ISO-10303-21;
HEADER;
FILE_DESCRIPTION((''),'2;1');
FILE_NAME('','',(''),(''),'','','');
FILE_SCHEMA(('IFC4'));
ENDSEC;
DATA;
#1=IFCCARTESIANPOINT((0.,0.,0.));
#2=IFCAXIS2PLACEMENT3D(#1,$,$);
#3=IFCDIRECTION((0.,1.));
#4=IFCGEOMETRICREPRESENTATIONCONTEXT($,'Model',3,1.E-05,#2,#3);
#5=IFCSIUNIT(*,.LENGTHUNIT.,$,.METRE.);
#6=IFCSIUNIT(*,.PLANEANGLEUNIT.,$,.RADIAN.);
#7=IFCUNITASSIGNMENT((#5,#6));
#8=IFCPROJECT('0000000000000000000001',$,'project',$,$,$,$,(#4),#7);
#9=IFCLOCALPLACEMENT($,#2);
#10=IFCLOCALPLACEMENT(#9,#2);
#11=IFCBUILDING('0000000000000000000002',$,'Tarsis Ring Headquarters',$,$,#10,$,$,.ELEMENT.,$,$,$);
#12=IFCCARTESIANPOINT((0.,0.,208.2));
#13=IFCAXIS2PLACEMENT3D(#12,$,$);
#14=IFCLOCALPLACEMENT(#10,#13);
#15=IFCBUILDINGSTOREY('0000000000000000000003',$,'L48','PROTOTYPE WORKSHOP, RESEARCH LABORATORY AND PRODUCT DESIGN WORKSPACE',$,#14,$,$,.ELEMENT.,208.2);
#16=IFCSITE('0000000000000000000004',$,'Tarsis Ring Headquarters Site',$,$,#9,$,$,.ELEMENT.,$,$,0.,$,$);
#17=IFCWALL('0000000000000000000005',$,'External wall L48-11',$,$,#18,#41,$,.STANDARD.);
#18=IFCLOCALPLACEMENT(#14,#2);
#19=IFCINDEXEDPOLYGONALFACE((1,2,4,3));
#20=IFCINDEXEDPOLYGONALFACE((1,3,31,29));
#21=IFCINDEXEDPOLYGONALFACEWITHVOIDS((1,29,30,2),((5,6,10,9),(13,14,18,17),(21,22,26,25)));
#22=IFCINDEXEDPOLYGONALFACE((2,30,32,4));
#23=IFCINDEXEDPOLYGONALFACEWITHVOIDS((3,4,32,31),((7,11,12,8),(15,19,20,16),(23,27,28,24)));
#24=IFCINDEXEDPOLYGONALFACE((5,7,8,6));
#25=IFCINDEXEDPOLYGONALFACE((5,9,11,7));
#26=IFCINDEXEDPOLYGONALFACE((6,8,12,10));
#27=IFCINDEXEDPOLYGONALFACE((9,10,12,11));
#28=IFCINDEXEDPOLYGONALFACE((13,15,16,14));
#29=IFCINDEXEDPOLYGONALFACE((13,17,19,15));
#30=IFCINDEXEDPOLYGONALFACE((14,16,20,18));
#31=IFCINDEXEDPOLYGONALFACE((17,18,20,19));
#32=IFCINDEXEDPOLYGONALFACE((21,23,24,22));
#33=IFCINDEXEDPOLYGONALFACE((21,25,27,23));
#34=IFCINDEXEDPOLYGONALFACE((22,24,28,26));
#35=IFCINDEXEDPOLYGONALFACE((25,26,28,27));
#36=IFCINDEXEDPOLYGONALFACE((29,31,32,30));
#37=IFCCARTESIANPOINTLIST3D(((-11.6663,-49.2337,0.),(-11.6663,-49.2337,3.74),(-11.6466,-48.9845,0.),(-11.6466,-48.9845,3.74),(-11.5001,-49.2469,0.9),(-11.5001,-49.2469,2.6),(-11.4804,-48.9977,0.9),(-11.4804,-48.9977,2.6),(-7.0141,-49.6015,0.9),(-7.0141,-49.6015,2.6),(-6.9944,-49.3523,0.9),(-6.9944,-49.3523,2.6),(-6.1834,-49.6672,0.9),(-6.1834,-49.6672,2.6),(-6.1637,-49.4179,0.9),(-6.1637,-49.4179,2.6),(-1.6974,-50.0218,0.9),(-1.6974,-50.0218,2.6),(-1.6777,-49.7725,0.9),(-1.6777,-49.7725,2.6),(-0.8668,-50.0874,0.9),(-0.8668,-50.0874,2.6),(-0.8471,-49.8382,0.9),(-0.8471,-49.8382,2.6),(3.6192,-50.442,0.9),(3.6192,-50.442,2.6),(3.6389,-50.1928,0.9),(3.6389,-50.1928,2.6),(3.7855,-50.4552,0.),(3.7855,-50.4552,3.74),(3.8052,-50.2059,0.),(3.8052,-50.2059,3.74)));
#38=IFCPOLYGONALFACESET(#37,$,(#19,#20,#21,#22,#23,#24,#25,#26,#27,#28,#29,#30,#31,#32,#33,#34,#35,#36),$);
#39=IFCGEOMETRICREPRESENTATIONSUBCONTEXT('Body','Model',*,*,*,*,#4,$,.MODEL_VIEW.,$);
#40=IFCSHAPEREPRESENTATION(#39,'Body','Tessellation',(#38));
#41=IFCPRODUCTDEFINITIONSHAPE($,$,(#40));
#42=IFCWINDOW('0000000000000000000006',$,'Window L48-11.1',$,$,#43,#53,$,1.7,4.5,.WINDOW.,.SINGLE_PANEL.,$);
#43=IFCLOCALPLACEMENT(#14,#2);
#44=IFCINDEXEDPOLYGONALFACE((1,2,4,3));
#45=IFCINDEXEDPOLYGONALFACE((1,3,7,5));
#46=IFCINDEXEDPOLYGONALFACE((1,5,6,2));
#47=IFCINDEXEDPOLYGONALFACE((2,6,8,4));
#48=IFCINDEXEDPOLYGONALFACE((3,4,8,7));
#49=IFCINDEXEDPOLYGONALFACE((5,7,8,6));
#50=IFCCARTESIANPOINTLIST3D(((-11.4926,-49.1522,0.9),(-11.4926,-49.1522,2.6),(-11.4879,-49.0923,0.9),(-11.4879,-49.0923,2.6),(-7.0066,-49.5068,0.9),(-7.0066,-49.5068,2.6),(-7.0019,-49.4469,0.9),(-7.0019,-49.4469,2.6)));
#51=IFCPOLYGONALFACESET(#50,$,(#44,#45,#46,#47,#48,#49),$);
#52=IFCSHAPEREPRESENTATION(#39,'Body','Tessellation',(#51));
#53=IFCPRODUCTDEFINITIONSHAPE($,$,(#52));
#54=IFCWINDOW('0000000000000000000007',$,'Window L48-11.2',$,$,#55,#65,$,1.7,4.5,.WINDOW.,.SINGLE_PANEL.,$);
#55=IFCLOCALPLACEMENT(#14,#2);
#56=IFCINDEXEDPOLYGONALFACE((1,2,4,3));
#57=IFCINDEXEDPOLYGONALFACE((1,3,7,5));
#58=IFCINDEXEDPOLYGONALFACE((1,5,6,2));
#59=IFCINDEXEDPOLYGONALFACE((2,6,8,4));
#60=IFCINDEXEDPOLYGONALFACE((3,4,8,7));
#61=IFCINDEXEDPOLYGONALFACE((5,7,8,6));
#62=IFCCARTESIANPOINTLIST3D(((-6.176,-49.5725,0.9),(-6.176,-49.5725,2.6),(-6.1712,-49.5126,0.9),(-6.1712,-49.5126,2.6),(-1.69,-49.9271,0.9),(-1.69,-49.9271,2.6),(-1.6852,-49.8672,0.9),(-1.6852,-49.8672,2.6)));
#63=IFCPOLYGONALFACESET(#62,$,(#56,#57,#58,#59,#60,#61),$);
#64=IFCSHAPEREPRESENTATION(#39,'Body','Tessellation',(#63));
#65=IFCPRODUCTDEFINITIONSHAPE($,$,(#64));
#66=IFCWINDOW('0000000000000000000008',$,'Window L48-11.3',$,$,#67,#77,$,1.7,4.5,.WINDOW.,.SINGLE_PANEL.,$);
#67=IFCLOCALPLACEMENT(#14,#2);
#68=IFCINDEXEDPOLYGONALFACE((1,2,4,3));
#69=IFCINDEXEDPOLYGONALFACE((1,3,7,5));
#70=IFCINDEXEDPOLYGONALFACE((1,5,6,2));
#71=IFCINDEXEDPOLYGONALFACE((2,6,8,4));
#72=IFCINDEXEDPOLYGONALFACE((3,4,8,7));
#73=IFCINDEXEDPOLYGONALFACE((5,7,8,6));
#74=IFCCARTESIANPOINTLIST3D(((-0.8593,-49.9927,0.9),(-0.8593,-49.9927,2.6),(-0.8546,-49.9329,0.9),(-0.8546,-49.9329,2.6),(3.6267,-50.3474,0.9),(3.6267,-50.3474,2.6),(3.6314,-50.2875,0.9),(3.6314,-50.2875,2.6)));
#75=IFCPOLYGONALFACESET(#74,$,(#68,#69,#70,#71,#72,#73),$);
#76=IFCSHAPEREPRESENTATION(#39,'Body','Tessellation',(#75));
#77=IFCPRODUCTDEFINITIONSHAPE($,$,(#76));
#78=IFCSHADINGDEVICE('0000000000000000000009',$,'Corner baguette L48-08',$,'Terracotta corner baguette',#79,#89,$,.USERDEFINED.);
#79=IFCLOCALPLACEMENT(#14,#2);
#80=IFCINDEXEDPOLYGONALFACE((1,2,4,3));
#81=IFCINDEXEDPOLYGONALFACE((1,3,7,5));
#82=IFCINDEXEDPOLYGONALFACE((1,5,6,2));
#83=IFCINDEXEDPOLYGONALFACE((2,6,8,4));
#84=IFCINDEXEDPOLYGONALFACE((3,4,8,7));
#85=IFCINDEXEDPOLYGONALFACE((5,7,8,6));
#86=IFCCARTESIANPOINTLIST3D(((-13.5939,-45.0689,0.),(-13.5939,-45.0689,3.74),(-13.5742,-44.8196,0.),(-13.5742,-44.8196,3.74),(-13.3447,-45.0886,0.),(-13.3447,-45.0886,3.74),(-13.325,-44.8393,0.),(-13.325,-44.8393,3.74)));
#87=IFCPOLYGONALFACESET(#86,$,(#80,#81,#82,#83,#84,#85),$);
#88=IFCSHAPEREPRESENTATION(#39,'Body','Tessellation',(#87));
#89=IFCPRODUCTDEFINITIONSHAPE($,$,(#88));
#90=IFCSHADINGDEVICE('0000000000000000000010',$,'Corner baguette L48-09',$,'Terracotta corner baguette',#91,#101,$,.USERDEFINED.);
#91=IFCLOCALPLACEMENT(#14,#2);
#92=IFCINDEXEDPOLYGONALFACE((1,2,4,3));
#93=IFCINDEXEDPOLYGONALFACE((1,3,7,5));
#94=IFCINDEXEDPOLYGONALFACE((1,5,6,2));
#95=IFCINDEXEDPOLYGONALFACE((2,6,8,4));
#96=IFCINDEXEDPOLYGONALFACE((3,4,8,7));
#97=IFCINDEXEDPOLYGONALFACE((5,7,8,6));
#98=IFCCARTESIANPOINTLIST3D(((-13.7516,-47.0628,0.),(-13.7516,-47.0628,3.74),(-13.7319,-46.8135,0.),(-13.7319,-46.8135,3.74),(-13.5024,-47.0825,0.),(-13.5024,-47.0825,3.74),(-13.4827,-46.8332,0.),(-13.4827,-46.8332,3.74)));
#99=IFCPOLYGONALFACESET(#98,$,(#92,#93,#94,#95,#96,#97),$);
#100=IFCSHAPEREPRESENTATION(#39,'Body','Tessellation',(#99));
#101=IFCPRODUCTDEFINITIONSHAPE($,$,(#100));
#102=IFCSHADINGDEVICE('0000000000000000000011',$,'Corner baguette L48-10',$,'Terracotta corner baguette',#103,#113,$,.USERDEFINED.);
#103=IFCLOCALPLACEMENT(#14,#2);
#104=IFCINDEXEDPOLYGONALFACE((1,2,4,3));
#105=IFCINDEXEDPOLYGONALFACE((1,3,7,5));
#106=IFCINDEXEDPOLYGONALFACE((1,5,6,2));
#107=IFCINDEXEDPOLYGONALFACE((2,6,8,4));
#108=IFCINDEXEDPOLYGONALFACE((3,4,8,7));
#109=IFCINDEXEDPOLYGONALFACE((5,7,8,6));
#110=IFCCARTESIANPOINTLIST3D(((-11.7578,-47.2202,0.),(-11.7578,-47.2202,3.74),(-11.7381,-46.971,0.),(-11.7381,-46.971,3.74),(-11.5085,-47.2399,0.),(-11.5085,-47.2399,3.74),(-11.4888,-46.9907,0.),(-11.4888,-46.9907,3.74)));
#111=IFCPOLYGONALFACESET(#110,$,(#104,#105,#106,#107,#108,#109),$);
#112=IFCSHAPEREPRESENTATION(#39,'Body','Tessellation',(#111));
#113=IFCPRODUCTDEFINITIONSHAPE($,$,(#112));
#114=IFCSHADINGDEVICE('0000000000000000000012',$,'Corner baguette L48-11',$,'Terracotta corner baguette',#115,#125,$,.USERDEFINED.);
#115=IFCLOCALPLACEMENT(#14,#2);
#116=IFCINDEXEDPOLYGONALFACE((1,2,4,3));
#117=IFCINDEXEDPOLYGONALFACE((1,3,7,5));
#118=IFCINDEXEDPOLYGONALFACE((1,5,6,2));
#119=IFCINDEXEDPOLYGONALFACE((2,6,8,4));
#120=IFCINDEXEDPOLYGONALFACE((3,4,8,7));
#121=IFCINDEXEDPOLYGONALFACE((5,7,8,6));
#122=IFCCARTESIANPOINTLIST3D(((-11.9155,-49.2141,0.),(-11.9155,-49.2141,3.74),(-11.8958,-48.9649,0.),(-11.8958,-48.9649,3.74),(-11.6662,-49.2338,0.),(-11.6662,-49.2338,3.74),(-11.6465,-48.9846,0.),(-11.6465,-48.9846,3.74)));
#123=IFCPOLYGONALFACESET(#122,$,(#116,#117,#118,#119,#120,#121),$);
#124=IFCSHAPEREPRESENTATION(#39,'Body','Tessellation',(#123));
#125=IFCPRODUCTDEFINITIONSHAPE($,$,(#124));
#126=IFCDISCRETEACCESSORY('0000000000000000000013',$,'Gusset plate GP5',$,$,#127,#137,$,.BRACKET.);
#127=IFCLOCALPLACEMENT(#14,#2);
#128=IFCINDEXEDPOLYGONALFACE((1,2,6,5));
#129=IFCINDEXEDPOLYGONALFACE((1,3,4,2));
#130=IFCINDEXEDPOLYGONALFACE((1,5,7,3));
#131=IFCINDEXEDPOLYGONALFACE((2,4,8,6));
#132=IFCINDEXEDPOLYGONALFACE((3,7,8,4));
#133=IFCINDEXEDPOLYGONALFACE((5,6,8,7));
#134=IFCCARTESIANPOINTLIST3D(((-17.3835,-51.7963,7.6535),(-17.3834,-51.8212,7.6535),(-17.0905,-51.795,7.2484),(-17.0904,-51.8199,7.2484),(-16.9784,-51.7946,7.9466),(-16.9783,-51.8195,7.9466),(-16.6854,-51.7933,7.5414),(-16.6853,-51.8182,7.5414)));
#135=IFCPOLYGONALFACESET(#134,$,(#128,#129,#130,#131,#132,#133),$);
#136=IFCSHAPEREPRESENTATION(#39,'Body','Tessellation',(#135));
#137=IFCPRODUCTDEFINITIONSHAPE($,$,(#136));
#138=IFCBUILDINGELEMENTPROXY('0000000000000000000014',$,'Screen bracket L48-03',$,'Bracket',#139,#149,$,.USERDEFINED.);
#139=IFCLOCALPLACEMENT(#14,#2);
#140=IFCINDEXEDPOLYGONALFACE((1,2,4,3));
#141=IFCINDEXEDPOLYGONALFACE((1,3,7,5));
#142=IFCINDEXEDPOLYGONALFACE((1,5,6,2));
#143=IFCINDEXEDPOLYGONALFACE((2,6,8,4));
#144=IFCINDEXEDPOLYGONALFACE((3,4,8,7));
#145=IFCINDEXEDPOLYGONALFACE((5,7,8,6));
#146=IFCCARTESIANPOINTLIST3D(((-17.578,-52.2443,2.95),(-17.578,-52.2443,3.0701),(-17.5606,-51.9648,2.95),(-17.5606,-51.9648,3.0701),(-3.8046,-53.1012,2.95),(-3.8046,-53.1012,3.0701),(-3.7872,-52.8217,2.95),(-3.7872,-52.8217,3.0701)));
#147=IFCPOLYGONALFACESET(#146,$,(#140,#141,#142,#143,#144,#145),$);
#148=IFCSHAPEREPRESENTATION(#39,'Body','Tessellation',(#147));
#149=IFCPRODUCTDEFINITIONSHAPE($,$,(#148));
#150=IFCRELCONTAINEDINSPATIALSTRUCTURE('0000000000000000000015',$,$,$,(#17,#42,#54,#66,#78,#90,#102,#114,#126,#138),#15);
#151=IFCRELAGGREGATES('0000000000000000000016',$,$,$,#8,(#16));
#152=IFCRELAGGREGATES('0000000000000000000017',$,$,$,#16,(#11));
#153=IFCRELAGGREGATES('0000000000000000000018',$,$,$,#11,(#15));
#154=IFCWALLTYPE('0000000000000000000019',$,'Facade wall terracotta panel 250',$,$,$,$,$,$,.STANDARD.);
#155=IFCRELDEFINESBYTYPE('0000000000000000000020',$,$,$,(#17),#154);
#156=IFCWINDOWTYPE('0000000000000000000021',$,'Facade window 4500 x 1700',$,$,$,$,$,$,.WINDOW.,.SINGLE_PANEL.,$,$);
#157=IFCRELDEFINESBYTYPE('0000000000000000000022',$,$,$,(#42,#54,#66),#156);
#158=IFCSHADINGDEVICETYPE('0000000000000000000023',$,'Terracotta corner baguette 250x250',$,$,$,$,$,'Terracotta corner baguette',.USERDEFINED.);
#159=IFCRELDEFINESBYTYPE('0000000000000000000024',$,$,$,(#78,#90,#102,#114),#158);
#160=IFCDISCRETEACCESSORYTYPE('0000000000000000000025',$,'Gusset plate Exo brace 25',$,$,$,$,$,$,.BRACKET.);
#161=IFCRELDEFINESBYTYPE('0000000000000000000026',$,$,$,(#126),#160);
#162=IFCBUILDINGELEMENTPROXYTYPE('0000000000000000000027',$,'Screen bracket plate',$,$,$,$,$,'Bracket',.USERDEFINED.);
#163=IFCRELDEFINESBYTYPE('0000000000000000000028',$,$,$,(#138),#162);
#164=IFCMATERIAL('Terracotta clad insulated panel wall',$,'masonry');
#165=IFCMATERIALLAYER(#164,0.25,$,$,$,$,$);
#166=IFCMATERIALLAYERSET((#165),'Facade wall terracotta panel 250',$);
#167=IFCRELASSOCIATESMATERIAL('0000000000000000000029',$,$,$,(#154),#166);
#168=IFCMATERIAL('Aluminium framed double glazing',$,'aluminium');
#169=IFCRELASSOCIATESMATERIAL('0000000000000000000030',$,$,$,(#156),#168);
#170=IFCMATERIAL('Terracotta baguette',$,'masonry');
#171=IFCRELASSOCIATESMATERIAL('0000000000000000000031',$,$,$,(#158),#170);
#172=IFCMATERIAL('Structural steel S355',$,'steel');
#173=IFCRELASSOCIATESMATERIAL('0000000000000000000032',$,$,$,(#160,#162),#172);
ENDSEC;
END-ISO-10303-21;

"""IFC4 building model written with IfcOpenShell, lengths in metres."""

from ifc_helpers import new_model, si_unit, direction, frame, frame_2d, origin, origin_2d, place, context, subcontext, project, spatial, rectangle, extrude, material, layer, layer_set, material_profile, profile_set, type_object, element, fill, save


model = new_model("IFC4")

# Units and contexts
model_context = context("Model", 3, precision=1e-05, world=origin(), true_north=direction((0.0, 1.0)))
body_context = subcontext(model_context, "Body", "Model", "MODEL_VIEW")
ifc_project = project(units=[si_unit("LENGTHUNIT", "METRE"), si_unit("PLANEANGLEUNIT", "RADIAN")], contexts=[model_context])

# Site, building, storey
site_placement = place(None, origin())
site = spatial("IfcSite", under=ifc_project, at=site_placement, Name="Tarsis Ring Headquarters Site", CompositionType="ELEMENT", RefElevation=0.0)
building_placement = place(site_placement, origin())
building = spatial("IfcBuilding", under=site, at=building_placement, Name="Tarsis Ring Headquarters", CompositionType="ELEMENT")
storey_placement = place(building_placement, frame((0.0, 0.0, 208.2)))
storey = spatial("IfcBuildingStorey", under=building, at=storey_placement, Name="L48", Description="PROTOTYPE WORKSHOP, RESEARCH LABORATORY AND PRODUCT DESIGN WORKSPACE", CompositionType="ELEMENT", Elevation=208.2)

# Shared definitions
ifc_material_1 = material(Name="Structural steel S355", Category="steel")

# Shared definitions
ifc_material_2 = material(Name="Terracotta clad insulated panel wall", Category="masonry")
ifc_layer = layer(ifc_material_2, 0.25)
ifc_layer_set = layer_set([ifc_layer], Name="Facade wall terracotta panel 250")
wall_type = type_object("IfcWallType", Name="Facade wall terracotta panel 250", PredefinedType="STANDARD", material=ifc_layer_set)

# Wall, openings, windows
wall_1_placement = place(storey_placement, frame((-11.6565, -49.1091, 0.0), z_axis=(0.0, 0.0, 1.0), x_axis=(0.99689, -0.078802, 0.0)))
wall_1 = element("IfcWall", 1, at=wall_1_placement, inside=storey, type_object=wall_type, Name="External wall L48-11", PredefinedType="STANDARD", context=body_context, shape_type="SweptSolid", body=[
    extrude(rectangle(XDim=15.5, YDim=0.25, at=frame_2d((7.75, 0.0))), origin(), (0.0, 0.0, 1.0), 3.74),
])
opening_1_placement = place(wall_1_placement, frame((0.1667, 0.0, 0.8999)))
opening_1 = element("IfcOpeningElement", 2, at=opening_1_placement, cuts=wall_1, PredefinedType="OPENING", context=body_context, shape_type="SweptSolid", body=[
    extrude(rectangle(XDim=4.5, YDim=1.7, at=frame_2d((2.25, 0.8501))), frame((0.0, 0.135, 0.0), z_axis=(0.0, -1.0, 0.0), x_axis=(1.0, 0.0, 0.0)), (0.0, 0.0, 1.0), 0.27),
])
opening_2_placement = place(wall_1_placement, frame((5.5, 0.0, 0.8999)))
opening_2 = element("IfcOpeningElement", 3, at=opening_2_placement, cuts=wall_1, PredefinedType="OPENING", context=body_context, shape_type="SweptSolid", body=[
    extrude(rectangle(XDim=4.5, YDim=1.7, at=frame_2d((2.25, 0.8501))), frame((0.0, 0.135, 0.0), z_axis=(0.0, -1.0, 0.0), x_axis=(1.0, 0.0, 0.0)), (0.0, 0.0, 1.0), 0.27),
])
opening_3_placement = place(wall_1_placement, frame((10.8333, 0.0, 0.8999)))
opening_3 = element("IfcOpeningElement", 4, at=opening_3_placement, cuts=wall_1, PredefinedType="OPENING", context=body_context, shape_type="SweptSolid", body=[
    extrude(rectangle(XDim=4.5, YDim=1.7, at=frame_2d((2.25, 0.8501))), frame((0.0, 0.135, 0.0), z_axis=(0.0, -1.0, 0.0), x_axis=(1.0, 0.0, 0.0)), (0.0, 0.0, 1.0), 0.27),
])
ifc_material_3 = material(Name="Aluminium framed double glazing", Category="aluminium")
window_type = type_object("IfcWindowType", Name="Facade window 4500 x 1700", PartitioningType="SINGLE_PANEL", PredefinedType="WINDOW", material=ifc_material_3)
window_1_placement = place(opening_1_placement, origin())
window_1 = element("IfcWindow", 5, at=window_1_placement, inside=storey, type_object=window_type, Name="Window L48-11.1", OverallHeight=1.7, OverallWidth=4.5, PartitioningType="SINGLE_PANEL", PredefinedType="WINDOW", context=body_context, shape_type="SweptSolid", body=[
    extrude(rectangle(XDim=4.5, YDim=1.7, at=frame_2d((2.25, 0.8501))), frame((0.0, 0.03, 0.0), z_axis=(0.0, -1.0, 0.0), x_axis=(1.0, 0.0, 0.0)), (0.0, 0.0, 1.0), 0.0601),
])
fill(opening_1, window_1)
window_2_placement = place(opening_2_placement, origin())
window_2 = element("IfcWindow", 6, at=window_2_placement, inside=storey, type_object=window_type, Name="Window L48-11.2", OverallHeight=1.7, OverallWidth=4.5, PartitioningType="SINGLE_PANEL", PredefinedType="WINDOW", context=body_context, shape_type="SweptSolid", body=[
    extrude(rectangle(XDim=4.5, YDim=1.7, at=frame_2d((2.25, 0.8501))), frame((0.0, 0.03, 0.0), z_axis=(0.0, -1.0, 0.0), x_axis=(1.0, 0.0, 0.0)), (0.0, 0.0, 1.0), 0.0601),
])
fill(opening_2, window_2)
window_3_placement = place(opening_3_placement, origin())
window_3 = element("IfcWindow", 7, at=window_3_placement, inside=storey, type_object=window_type, Name="Window L48-11.3", OverallHeight=1.7, OverallWidth=4.5, PartitioningType="SINGLE_PANEL", PredefinedType="WINDOW", context=body_context, shape_type="SweptSolid", body=[
    extrude(rectangle(XDim=4.5, YDim=1.7, at=frame_2d((2.25, 0.8501))), frame((0.0, 0.03, 0.0), z_axis=(0.0, -1.0, 0.0), x_axis=(1.0, 0.0, 0.0)), (0.0, 0.0, 1.0), 0.0601),
])
fill(opening_3, window_3)

# Shading devices
ifc_material_4 = material(Name="Terracotta baguette", Category="masonry")
shading_device_type_1 = type_object("IfcShadingDeviceType", Name="Terracotta corner baguette 250x250", ElementType="Terracotta corner baguette", PredefinedType="USERDEFINED", material=ifc_material_4)
for number, where, z_axis, x_axis, name in (
    (8, (-13.4595, -44.9541, 0.0), (0.0, 0.0, 1.0), (0.99689, -0.078807, 0.0), "Corner baguette L48-08"),
    (9, (-13.6172, -46.948, 0.0), (0.0, 0.0, 1.0), (-0.078808, -0.99689, 0.0), "Corner baguette L48-09"),
    (10, (-11.6233, -47.1055, 0.0), (0.0, 0.0, 1.0), (0.99689, -0.078807, 0.0), "Corner baguette L48-10"),
    (11, (-11.781, -49.0994, 0.0), (0.0, 0.0, 1.0), (-0.078807, -0.99689, 0.0), "Corner baguette L48-11"),
):
    element("IfcShadingDevice", number, at=place(storey_placement, frame(where, z_axis=z_axis, x_axis=x_axis)), inside=storey, type_object=shading_device_type_1, Name=name, ObjectType="Terracotta corner baguette", PredefinedType="USERDEFINED", context=body_context, shape_type="SweptSolid", body=[
        extrude(rectangle(XDim=0.25, YDim=0.25, at=origin_2d()), origin(), (0.0, 0.0, 1.0), 3.74),
    ])

# Discrete accessory
ifc_material_profile_1 = material_profile(ifc_material_1, rectangle(XDim=0.0249, YDim=0.5, at=origin_2d()), Name="PL 25x500")
ifc_profile_set_1 = profile_set([ifc_material_profile_1], Name="Structural steel S355")
discrete_accessory_type = type_object("IfcDiscreteAccessoryType", Name="Gusset plate Exo brace 25", PredefinedType="BRACKET", material=ifc_profile_set_1)
discrete_accessory_placement = place(storey_placement, frame((-17.1809, -51.8079, 7.8), z_axis=(0.586077, 0.002442, -0.810252), x_axis=(-0.004167, 0.999991, 0.0)))
element("IfcDiscreteAccessory", 12, at=discrete_accessory_placement, inside=storey, type_object=discrete_accessory_type, Name="Gusset plate GP5", PredefinedType="BRACKET", context=body_context, shape_type="SweptSolid", body=[
    extrude(rectangle(XDim=0.0249, YDim=0.5, at=origin_2d()), origin(), (0.0, 0.0, 1.0), 0.5),
])

# Building element proxy
building_element_proxy_type = type_object("IfcBuildingElementProxyType", Name="Screen bracket plate", ElementType="Bracket", PredefinedType="USERDEFINED", material=ifc_material_1)
proxy_placement = place(storey_placement, frame((-10.6826, -52.533, 2.95), z_axis=(0.0, 0.0, 1.0), x_axis=(0.99807, -0.062094, 0.0)))
element("IfcBuildingElementProxy", 13, at=proxy_placement, inside=storey, type_object=building_element_proxy_type, Name="Screen bracket L48-03", ObjectType="Bracket", PredefinedType="USERDEFINED", context=body_context, shape_type="SweptSolid", body=[
    extrude(rectangle(XDim=13.8, YDim=0.28, at=origin_2d()), origin(), (0.0, 0.0, 1.0), 0.1201),
])

save(model, "model.ifc")
